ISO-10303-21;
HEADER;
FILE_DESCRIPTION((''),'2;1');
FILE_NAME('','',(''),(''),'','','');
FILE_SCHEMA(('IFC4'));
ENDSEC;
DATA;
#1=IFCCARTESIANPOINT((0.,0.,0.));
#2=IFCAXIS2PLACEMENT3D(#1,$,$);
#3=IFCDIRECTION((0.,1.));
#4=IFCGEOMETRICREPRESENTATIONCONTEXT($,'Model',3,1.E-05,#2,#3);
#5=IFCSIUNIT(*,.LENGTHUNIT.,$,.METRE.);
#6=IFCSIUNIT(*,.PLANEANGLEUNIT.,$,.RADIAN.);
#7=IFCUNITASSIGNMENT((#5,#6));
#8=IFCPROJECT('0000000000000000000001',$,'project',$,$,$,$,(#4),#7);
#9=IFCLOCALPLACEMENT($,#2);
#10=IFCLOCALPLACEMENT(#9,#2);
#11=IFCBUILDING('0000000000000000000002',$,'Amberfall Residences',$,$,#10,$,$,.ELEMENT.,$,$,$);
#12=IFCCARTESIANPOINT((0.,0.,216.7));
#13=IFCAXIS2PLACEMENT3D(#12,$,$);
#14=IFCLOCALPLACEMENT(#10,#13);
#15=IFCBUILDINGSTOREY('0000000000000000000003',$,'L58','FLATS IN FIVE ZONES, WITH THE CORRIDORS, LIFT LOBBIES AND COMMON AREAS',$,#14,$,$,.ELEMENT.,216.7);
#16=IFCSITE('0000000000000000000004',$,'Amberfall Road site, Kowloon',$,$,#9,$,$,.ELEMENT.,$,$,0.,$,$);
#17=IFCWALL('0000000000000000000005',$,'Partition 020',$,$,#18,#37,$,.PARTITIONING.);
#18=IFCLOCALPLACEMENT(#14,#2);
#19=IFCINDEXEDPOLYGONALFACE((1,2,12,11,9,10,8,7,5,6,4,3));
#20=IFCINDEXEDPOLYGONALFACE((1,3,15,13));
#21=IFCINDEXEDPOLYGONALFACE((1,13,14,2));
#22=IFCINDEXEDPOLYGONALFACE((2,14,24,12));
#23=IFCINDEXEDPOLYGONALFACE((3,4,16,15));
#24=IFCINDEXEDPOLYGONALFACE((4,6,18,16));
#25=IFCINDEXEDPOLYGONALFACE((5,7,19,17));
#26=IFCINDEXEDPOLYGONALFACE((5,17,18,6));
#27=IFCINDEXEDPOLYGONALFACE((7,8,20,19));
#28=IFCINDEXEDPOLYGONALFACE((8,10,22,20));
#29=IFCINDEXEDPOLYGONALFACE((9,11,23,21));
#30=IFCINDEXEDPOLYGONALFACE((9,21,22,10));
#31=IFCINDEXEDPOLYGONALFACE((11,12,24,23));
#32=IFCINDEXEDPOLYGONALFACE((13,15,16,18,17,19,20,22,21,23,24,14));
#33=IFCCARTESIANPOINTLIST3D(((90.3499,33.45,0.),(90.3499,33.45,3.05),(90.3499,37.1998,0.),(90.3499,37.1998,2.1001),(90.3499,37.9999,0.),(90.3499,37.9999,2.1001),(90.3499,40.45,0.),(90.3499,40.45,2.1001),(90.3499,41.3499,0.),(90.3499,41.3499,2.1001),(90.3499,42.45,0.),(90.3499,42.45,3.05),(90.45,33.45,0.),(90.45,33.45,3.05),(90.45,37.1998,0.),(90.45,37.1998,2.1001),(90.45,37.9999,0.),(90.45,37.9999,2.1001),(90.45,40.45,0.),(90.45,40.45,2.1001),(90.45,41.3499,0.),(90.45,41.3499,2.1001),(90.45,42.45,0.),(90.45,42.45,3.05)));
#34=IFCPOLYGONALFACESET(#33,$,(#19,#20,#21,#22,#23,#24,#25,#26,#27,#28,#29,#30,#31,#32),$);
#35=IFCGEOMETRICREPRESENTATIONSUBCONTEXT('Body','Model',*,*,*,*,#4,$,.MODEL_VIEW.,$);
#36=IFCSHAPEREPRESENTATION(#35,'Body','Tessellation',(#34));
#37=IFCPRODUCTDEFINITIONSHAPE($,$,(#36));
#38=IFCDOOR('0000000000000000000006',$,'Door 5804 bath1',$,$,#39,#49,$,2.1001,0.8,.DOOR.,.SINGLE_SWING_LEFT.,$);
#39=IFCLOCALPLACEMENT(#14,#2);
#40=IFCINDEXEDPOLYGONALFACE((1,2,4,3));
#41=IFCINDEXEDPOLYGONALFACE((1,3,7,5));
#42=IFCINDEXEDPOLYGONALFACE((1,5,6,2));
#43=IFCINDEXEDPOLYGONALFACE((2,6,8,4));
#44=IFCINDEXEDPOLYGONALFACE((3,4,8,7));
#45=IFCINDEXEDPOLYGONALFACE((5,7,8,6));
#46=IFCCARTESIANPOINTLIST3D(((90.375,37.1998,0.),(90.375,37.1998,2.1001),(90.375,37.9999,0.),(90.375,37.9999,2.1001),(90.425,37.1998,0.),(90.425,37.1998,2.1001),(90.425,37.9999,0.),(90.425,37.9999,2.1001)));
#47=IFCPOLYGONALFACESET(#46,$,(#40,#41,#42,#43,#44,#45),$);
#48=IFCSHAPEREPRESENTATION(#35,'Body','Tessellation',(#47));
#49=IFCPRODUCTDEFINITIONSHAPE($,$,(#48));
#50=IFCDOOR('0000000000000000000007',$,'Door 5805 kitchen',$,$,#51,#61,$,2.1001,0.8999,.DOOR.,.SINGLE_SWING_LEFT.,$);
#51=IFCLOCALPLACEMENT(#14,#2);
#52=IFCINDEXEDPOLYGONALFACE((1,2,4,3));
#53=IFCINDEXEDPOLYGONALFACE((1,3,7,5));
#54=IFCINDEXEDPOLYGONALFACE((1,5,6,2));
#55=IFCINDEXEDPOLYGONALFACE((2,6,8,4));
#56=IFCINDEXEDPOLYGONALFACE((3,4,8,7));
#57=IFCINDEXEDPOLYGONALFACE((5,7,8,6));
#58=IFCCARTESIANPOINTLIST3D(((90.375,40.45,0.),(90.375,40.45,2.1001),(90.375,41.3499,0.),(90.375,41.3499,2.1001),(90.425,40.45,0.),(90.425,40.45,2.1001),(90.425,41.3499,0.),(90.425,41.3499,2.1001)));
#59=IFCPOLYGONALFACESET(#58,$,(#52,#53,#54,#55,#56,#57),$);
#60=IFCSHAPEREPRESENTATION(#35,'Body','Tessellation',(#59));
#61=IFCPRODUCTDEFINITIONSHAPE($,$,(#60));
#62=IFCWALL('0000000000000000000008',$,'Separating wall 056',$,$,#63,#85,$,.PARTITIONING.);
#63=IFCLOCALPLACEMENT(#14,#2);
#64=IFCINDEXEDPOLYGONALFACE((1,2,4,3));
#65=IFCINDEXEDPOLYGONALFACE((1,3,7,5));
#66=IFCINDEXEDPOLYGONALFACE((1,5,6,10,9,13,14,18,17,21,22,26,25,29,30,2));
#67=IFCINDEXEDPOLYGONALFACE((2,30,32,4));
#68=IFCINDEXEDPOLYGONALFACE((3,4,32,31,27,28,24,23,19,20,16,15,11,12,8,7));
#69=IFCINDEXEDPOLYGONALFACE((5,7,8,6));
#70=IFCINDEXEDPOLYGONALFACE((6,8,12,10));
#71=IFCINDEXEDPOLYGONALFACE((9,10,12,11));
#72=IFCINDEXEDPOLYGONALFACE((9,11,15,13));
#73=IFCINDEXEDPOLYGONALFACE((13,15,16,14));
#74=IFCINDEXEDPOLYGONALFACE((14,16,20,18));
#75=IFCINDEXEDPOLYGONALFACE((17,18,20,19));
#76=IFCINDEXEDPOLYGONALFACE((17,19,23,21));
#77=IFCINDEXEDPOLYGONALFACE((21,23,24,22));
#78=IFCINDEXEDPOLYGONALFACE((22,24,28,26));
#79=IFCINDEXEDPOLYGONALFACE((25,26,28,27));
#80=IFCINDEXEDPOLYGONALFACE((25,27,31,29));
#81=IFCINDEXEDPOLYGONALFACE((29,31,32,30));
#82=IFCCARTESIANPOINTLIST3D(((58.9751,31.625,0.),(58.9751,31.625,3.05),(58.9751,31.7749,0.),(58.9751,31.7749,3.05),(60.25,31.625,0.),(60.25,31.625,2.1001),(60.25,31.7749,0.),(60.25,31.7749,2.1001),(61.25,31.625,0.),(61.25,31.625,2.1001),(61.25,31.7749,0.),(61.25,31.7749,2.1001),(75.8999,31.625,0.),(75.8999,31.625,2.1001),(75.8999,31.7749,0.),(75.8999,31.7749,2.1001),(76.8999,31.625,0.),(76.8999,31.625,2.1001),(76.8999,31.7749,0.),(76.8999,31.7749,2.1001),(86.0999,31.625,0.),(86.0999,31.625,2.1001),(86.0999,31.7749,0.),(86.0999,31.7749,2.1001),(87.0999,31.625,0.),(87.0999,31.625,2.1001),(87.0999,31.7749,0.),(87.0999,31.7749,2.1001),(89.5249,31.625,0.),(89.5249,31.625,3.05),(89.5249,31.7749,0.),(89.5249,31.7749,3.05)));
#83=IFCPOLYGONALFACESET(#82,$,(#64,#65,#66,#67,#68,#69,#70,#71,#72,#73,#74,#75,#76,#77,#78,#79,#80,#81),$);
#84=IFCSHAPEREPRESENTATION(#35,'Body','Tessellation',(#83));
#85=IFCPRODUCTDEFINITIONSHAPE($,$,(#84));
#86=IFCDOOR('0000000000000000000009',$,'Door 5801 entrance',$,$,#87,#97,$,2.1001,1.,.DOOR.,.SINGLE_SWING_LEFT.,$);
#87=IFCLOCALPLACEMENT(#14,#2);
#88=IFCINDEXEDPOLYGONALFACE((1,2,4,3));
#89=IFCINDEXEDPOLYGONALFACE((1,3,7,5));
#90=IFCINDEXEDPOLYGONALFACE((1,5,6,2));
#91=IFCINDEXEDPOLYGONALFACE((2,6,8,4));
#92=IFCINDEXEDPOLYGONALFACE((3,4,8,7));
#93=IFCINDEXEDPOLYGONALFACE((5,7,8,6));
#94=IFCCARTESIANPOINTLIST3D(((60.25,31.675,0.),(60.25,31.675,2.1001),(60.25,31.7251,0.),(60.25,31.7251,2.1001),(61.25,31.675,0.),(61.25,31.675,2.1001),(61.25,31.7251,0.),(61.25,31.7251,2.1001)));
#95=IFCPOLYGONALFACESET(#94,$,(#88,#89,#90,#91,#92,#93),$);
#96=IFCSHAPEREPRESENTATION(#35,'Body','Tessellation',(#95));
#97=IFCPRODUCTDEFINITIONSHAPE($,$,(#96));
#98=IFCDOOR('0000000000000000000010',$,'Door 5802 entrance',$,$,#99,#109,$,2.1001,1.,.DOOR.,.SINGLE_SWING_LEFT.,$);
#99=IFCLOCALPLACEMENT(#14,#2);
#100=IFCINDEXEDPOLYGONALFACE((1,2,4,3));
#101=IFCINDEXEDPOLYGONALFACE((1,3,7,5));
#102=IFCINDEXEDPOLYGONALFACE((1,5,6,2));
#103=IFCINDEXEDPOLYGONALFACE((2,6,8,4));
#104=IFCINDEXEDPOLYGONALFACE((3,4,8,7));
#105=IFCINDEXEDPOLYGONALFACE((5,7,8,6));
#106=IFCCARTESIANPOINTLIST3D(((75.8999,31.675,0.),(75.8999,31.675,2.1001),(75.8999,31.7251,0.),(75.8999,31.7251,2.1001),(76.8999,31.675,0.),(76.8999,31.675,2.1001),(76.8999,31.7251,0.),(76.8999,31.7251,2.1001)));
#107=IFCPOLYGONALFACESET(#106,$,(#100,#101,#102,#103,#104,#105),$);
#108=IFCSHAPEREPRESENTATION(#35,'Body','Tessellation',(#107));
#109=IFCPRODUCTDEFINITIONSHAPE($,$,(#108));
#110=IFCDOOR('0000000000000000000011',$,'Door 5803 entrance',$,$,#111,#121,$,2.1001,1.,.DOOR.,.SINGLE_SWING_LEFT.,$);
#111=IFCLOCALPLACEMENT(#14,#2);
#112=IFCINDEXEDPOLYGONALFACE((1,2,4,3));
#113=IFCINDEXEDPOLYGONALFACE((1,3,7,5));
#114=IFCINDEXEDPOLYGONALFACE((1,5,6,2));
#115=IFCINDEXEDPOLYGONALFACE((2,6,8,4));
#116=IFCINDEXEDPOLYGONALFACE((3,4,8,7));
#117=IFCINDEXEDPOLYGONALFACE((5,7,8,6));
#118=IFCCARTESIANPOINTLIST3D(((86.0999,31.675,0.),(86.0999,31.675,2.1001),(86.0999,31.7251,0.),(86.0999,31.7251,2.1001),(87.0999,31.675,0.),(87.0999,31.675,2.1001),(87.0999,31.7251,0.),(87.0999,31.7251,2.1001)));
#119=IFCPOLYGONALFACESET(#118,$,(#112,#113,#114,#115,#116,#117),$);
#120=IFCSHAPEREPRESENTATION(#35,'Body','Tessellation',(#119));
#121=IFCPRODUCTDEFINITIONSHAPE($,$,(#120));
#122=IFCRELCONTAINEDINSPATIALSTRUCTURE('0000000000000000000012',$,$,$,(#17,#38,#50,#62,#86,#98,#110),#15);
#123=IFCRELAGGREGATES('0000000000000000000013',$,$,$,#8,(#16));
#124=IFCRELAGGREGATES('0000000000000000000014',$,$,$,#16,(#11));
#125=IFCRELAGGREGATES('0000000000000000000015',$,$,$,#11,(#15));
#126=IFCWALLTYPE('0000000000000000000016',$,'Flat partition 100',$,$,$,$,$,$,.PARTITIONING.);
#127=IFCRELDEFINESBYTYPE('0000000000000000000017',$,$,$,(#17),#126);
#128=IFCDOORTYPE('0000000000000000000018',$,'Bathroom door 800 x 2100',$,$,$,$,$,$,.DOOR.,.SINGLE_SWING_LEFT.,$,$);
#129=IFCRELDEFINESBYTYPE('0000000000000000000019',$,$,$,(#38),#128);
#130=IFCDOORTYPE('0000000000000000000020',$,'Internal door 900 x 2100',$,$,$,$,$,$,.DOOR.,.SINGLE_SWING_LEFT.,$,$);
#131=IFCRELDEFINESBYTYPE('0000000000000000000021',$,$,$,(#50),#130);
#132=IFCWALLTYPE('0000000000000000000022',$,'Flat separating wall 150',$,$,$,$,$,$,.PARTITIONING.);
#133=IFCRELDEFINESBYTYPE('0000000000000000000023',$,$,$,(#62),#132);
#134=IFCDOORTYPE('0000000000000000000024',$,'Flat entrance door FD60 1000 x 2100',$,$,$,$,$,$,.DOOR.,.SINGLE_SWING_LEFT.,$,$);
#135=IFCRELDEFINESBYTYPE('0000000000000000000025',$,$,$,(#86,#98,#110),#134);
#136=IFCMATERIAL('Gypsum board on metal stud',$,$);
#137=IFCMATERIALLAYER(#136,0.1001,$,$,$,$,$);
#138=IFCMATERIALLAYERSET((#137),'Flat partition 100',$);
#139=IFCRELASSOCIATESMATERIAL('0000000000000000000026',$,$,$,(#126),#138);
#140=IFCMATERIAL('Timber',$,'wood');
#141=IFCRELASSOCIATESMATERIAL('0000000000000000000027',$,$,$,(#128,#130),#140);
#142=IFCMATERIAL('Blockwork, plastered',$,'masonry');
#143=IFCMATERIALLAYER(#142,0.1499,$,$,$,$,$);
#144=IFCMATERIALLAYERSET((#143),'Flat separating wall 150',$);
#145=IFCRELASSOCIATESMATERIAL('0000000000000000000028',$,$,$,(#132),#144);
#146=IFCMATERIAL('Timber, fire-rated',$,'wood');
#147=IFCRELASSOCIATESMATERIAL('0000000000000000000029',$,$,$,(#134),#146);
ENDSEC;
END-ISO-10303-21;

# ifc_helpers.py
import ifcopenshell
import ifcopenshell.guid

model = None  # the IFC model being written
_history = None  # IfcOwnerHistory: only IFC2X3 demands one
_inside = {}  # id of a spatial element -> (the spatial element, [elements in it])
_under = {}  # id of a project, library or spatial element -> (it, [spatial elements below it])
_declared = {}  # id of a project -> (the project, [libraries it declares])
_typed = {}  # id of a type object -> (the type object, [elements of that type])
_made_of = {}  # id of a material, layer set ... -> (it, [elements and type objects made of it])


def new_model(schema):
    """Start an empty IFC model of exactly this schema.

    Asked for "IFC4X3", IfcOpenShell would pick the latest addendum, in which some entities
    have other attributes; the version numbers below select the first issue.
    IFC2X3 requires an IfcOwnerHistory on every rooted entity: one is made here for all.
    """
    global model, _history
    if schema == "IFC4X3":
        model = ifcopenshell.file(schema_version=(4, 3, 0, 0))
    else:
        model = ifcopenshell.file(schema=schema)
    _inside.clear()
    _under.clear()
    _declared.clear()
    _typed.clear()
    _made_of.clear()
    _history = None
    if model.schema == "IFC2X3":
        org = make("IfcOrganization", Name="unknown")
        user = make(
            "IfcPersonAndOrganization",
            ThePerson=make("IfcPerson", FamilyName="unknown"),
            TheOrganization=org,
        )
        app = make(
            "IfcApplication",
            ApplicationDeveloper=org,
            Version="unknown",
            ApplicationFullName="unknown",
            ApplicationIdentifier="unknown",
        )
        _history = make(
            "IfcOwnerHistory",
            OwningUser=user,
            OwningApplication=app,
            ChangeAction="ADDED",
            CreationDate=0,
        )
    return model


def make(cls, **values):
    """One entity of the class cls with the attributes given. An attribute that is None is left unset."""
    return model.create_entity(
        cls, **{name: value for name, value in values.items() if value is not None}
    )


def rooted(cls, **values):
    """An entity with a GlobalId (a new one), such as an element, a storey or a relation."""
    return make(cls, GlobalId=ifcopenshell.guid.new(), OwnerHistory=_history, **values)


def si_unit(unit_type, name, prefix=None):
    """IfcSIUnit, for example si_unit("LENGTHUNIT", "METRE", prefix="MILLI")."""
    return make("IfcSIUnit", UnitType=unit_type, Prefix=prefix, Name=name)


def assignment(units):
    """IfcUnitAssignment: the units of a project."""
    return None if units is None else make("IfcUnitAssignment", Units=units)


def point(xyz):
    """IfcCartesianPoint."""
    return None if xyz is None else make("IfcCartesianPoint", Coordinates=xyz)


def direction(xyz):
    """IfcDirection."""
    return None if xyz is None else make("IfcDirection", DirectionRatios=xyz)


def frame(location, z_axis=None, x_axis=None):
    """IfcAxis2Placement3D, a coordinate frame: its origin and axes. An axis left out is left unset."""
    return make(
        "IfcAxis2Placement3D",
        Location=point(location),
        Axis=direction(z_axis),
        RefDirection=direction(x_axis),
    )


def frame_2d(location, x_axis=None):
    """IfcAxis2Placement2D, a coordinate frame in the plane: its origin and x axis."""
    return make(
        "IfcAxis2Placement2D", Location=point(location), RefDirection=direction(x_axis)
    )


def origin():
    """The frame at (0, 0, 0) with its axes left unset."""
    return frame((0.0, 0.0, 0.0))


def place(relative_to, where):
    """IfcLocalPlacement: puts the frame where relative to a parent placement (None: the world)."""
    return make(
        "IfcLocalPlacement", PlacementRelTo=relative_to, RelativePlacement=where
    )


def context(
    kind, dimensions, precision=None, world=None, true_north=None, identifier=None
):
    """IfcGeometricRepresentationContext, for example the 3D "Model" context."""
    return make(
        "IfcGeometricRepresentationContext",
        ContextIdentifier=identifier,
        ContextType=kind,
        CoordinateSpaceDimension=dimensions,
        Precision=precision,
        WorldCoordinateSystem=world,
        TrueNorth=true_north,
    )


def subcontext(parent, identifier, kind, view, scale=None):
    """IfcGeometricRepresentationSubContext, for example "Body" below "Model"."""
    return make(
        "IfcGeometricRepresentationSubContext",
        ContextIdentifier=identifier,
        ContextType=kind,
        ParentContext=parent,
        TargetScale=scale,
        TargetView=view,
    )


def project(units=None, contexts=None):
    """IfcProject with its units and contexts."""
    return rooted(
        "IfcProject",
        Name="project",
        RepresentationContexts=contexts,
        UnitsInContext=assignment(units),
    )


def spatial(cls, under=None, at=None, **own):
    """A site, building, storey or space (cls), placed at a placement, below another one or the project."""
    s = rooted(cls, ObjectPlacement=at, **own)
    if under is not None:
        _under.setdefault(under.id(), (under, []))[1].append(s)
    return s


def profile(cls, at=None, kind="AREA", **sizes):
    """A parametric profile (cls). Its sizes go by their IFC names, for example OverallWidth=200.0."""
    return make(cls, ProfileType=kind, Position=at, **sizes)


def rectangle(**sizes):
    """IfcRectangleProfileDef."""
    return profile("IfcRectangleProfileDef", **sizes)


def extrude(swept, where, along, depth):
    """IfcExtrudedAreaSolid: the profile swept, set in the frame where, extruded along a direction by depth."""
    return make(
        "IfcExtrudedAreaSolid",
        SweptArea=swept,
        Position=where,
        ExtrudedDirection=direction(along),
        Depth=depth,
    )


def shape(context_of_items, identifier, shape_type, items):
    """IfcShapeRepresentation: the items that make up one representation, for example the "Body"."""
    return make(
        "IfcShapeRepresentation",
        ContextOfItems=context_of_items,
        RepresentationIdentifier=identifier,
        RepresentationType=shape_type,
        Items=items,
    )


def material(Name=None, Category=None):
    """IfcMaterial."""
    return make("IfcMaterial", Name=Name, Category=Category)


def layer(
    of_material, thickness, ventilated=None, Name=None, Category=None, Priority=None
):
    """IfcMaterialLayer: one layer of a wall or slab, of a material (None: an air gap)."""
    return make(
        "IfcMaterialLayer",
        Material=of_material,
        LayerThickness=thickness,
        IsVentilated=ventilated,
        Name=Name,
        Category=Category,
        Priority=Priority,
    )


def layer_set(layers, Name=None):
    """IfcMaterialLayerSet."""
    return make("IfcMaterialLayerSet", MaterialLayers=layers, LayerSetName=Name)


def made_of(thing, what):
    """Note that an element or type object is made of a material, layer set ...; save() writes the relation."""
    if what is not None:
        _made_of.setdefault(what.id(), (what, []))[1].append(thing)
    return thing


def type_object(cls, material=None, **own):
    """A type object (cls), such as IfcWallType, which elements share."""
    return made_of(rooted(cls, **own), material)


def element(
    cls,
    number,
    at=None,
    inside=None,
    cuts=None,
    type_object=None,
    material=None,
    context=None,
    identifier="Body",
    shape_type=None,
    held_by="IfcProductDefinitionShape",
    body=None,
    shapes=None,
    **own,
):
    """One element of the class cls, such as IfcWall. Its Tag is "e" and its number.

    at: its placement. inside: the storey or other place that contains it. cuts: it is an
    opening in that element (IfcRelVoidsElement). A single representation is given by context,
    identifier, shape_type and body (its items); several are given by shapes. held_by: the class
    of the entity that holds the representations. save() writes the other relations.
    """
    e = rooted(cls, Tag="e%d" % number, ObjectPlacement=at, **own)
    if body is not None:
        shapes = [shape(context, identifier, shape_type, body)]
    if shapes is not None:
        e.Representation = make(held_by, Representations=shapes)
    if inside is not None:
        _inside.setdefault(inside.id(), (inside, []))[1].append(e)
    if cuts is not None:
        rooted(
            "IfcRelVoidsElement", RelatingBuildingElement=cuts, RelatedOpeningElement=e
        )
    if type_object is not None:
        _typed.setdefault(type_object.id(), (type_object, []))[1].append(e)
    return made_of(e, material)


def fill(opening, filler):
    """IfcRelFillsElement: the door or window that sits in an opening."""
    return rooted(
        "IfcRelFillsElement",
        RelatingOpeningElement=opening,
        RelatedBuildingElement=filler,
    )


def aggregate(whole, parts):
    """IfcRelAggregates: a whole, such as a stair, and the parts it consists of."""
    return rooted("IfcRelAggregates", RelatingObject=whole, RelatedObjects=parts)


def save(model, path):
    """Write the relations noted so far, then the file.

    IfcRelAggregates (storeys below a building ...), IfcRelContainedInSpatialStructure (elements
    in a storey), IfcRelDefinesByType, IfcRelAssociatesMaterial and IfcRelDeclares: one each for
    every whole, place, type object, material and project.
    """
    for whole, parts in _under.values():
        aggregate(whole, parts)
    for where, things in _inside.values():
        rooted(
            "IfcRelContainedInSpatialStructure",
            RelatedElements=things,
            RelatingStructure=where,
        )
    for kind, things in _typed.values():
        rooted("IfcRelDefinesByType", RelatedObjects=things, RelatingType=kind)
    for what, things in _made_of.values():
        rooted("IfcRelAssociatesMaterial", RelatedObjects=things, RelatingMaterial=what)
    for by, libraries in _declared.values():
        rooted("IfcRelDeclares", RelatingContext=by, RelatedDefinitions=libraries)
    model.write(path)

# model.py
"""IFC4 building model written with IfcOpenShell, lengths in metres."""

from ifc_helpers import new_model, si_unit, direction, frame, frame_2d, origin, place, context, subcontext, project, spatial, rectangle, extrude, material, layer, layer_set, type_object, element, fill, save


model = new_model("IFC4")

# Units and contexts
model_context = context("Model", 3, precision=1e-05, world=origin(), true_north=direction((0.0, 1.0)))
body_context = subcontext(model_context, "Body", "Model", "MODEL_VIEW")
ifc_project = project(units=[si_unit("LENGTHUNIT", "METRE"), si_unit("PLANEANGLEUNIT", "RADIAN")], contexts=[model_context])

# Site, building, storey
site_placement = place(None, origin())
site = spatial("IfcSite", under=ifc_project, at=site_placement, Name="Amberfall Road site, Kowloon", CompositionType="ELEMENT", RefElevation=0.0)
building_placement = place(site_placement, origin())
building = spatial("IfcBuilding", under=site, at=building_placement, Name="Amberfall Residences", CompositionType="ELEMENT")
storey_placement = place(building_placement, frame((0.0, 0.0, 216.7)))
storey = spatial("IfcBuildingStorey", under=building, at=storey_placement, Name="L58", Description="FLATS IN FIVE ZONES, WITH THE CORRIDORS, LIFT LOBBIES AND COMMON AREAS", CompositionType="ELEMENT", Elevation=216.7)

# Walls, openings, doors
ifc_material_1 = material(Name="Gypsum board on metal stud")
ifc_layer_1 = layer(ifc_material_1, 0.1001)
ifc_layer_set_1 = layer_set([ifc_layer_1], Name="Flat partition 100")
wall_type_1 = type_object("IfcWallType", Name="Flat partition 100", PredefinedType="PARTITIONING", material=ifc_layer_set_1)
wall_1_placement = place(storey_placement, frame((90.3999, 33.45, 0.0), z_axis=(0.0, 0.0, 1.0), x_axis=(0.0, 1.0, 0.0)))
wall_1 = element("IfcWall", 1, at=wall_1_placement, inside=storey, type_object=wall_type_1, Name="Partition 020", PredefinedType="PARTITIONING", context=body_context, shape_type="SweptSolid", body=[
    extrude(rectangle(XDim=9.0, YDim=0.1001, at=frame_2d((4.5, 0.0))), origin(), (0.0, 0.0, 1.0), 3.05),
])
opening_1_placement = place(wall_1_placement, frame((3.75, 0.0, 0.0)))
opening_1 = element("IfcOpeningElement", 2, at=opening_1_placement, cuts=wall_1, PredefinedType="OPENING", context=body_context, shape_type="SweptSolid", body=[
    extrude(rectangle(XDim=0.8, YDim=2.1001, at=frame_2d((0.3999, 1.05))), frame((0.0, 0.0601, 0.0), z_axis=(0.0, -1.0, 0.0), x_axis=(1.0, 0.0, 0.0)), (0.0, 0.0, 1.0), 0.1201),
])
opening_2_placement = place(wall_1_placement, frame((7.0, 0.0, 0.0)))
opening_2 = element("IfcOpeningElement", 3, at=opening_2_placement, cuts=wall_1, PredefinedType="OPENING", context=body_context, shape_type="SweptSolid", body=[
    extrude(rectangle(XDim=0.8999, YDim=2.1001, at=frame_2d((0.45, 1.05))), frame((0.0, 0.0601, 0.0), z_axis=(0.0, -1.0, 0.0), x_axis=(1.0, 0.0, 0.0)), (0.0, 0.0, 1.0), 0.1201),
])
ifc_material_2 = material(Name="Timber", Category="wood")
door_type_1 = type_object("IfcDoorType", Name="Bathroom door 800 x 2100", OperationType="SINGLE_SWING_LEFT", PredefinedType="DOOR", material=ifc_material_2)
door_1_placement = place(opening_1_placement, origin())
door_1 = element("IfcDoor", 4, at=door_1_placement, inside=storey, type_object=door_type_1, Name="Door 5804 bath1", OperationType="SINGLE_SWING_LEFT", OverallHeight=2.1001, OverallWidth=0.8, PredefinedType="DOOR", context=body_context, shape_type="SweptSolid", body=[
    extrude(rectangle(XDim=0.8, YDim=2.1001, at=frame_2d((0.3999, 1.05))), frame((0.0, 0.0249, 0.0), z_axis=(0.0, -1.0, 0.0), x_axis=(1.0, 0.0, 0.0)), (0.0, 0.0, 1.0), 0.05),
])
fill(opening_1, door_1)
door_type_2 = type_object("IfcDoorType", Name="Internal door 900 x 2100", OperationType="SINGLE_SWING_LEFT", PredefinedType="DOOR", material=ifc_material_2)
door_2_placement = place(opening_2_placement, origin())
door_2 = element("IfcDoor", 5, at=door_2_placement, inside=storey, type_object=door_type_2, Name="Door 5805 kitchen", OperationType="SINGLE_SWING_LEFT", OverallHeight=2.1001, OverallWidth=0.8999, PredefinedType="DOOR", context=body_context, shape_type="SweptSolid", body=[
    extrude(rectangle(XDim=0.8999, YDim=2.1001, at=frame_2d((0.45, 1.05))), frame((0.0, 0.0249, 0.0), z_axis=(0.0, -1.0, 0.0), x_axis=(1.0, 0.0, 0.0)), (0.0, 0.0, 1.0), 0.05),
])
fill(opening_2, door_2)
ifc_material_3 = material(Name="Blockwork, plastered", Category="masonry")
ifc_layer_2 = layer(ifc_material_3, 0.1499)
ifc_layer_set_2 = layer_set([ifc_layer_2], Name="Flat separating wall 150")
wall_type_2 = type_object("IfcWallType", Name="Flat separating wall 150", PredefinedType="PARTITIONING", material=ifc_layer_set_2)
wall_2_placement = place(storey_placement, frame((89.5249, 31.7, 0.0), z_axis=(0.0, 0.0, 1.0), x_axis=(-1.0, 0.0, 0.0)))
wall_2 = element("IfcWall", 6, at=wall_2_placement, inside=storey, type_object=wall_type_2, Name="Separating wall 056", PredefinedType="PARTITIONING", context=body_context, shape_type="SweptSolid", body=[
    extrude(rectangle(XDim=30.5498, YDim=0.1499, at=frame_2d((15.2749, 0.0))), origin(), (0.0, 0.0, 1.0), 3.05),
])
opening_3_placement = place(wall_2_placement, frame((28.2749, 0.0, 0.0)))
opening_3 = element("IfcOpeningElement", 7, at=opening_3_placement, cuts=wall_2, PredefinedType="OPENING", context=body_context, shape_type="SweptSolid", body=[
    extrude(rectangle(XDim=1.0, YDim=2.1001, at=frame_2d((0.5, 1.05))), frame((0.0, 0.085, 0.0), z_axis=(0.0, -1.0, 0.0), x_axis=(1.0, 0.0, 0.0)), (0.0, 0.0, 1.0), 0.1699),
])
opening_4_placement = place(wall_2_placement, frame((12.625, 0.0, 0.0)))
opening_4 = element("IfcOpeningElement", 8, at=opening_4_placement, cuts=wall_2, PredefinedType="OPENING", context=body_context, shape_type="SweptSolid", body=[
    extrude(rectangle(XDim=1.0, YDim=2.1001, at=frame_2d((0.5, 1.05))), frame((0.0, 0.085, 0.0), z_axis=(0.0, -1.0, 0.0), x_axis=(1.0, 0.0, 0.0)), (0.0, 0.0, 1.0), 0.1699),
])
opening_5_placement = place(wall_2_placement, frame((2.425, 0.0, 0.0)))
opening_5 = element("IfcOpeningElement", 9, at=opening_5_placement, cuts=wall_2, PredefinedType="OPENING", context=body_context, shape_type="SweptSolid", body=[
    extrude(rectangle(XDim=1.0, YDim=2.1001, at=frame_2d((0.5, 1.05))), frame((0.0, 0.085, 0.0), z_axis=(0.0, -1.0, 0.0), x_axis=(1.0, 0.0, 0.0)), (0.0, 0.0, 1.0), 0.1699),
])
ifc_material_4 = material(Name="Timber, fire-rated", Category="wood")
door_type_3 = type_object("IfcDoorType", Name="Flat entrance door FD60 1000 x 2100", OperationType="SINGLE_SWING_LEFT", PredefinedType="DOOR", material=ifc_material_4)
door_3_placement = place(opening_3_placement, origin())
door_3 = element("IfcDoor", 10, at=door_3_placement, inside=storey, type_object=door_type_3, Name="Door 5801 entrance", OperationType="SINGLE_SWING_LEFT", OverallHeight=2.1001, OverallWidth=1.0, PredefinedType="DOOR", context=body_context, shape_type="SweptSolid", body=[
    extrude(rectangle(XDim=1.0, YDim=2.1001, at=frame_2d((0.5, 1.05))), frame((0.0, 0.0249, 0.0), z_axis=(0.0, -1.0, 0.0), x_axis=(1.0, 0.0, 0.0)), (0.0, 0.0, 1.0), 0.05),
])
fill(opening_3, door_3)
door_4_placement = place(opening_4_placement, origin())
door_4 = element("IfcDoor", 11, at=door_4_placement, inside=storey, type_object=door_type_3, Name="Door 5802 entrance", OperationType="SINGLE_SWING_LEFT", OverallHeight=2.1001, OverallWidth=1.0, PredefinedType="DOOR", context=body_context, shape_type="SweptSolid", body=[
    extrude(rectangle(XDim=1.0, YDim=2.1001, at=frame_2d((0.5, 1.05))), frame((0.0, 0.0249, 0.0), z_axis=(0.0, -1.0, 0.0), x_axis=(1.0, 0.0, 0.0)), (0.0, 0.0, 1.0), 0.05),
])
fill(opening_4, door_4)
door_5_placement = place(opening_5_placement, origin())
door_5 = element("IfcDoor", 12, at=door_5_placement, inside=storey, type_object=door_type_3, Name="Door 5803 entrance", OperationType="SINGLE_SWING_LEFT", OverallHeight=2.1001, OverallWidth=1.0, PredefinedType="DOOR", context=body_context, shape_type="SweptSolid", body=[
    extrude(rectangle(XDim=1.0, YDim=2.1001, at=frame_2d((0.5, 1.05))), frame((0.0, 0.0249, 0.0), z_axis=(0.0, -1.0, 0.0), x_axis=(1.0, 0.0, 0.0)), (0.0, 0.0, 1.0), 0.05),
])
fill(opening_5, door_5)

save(model, "model.ifc")
